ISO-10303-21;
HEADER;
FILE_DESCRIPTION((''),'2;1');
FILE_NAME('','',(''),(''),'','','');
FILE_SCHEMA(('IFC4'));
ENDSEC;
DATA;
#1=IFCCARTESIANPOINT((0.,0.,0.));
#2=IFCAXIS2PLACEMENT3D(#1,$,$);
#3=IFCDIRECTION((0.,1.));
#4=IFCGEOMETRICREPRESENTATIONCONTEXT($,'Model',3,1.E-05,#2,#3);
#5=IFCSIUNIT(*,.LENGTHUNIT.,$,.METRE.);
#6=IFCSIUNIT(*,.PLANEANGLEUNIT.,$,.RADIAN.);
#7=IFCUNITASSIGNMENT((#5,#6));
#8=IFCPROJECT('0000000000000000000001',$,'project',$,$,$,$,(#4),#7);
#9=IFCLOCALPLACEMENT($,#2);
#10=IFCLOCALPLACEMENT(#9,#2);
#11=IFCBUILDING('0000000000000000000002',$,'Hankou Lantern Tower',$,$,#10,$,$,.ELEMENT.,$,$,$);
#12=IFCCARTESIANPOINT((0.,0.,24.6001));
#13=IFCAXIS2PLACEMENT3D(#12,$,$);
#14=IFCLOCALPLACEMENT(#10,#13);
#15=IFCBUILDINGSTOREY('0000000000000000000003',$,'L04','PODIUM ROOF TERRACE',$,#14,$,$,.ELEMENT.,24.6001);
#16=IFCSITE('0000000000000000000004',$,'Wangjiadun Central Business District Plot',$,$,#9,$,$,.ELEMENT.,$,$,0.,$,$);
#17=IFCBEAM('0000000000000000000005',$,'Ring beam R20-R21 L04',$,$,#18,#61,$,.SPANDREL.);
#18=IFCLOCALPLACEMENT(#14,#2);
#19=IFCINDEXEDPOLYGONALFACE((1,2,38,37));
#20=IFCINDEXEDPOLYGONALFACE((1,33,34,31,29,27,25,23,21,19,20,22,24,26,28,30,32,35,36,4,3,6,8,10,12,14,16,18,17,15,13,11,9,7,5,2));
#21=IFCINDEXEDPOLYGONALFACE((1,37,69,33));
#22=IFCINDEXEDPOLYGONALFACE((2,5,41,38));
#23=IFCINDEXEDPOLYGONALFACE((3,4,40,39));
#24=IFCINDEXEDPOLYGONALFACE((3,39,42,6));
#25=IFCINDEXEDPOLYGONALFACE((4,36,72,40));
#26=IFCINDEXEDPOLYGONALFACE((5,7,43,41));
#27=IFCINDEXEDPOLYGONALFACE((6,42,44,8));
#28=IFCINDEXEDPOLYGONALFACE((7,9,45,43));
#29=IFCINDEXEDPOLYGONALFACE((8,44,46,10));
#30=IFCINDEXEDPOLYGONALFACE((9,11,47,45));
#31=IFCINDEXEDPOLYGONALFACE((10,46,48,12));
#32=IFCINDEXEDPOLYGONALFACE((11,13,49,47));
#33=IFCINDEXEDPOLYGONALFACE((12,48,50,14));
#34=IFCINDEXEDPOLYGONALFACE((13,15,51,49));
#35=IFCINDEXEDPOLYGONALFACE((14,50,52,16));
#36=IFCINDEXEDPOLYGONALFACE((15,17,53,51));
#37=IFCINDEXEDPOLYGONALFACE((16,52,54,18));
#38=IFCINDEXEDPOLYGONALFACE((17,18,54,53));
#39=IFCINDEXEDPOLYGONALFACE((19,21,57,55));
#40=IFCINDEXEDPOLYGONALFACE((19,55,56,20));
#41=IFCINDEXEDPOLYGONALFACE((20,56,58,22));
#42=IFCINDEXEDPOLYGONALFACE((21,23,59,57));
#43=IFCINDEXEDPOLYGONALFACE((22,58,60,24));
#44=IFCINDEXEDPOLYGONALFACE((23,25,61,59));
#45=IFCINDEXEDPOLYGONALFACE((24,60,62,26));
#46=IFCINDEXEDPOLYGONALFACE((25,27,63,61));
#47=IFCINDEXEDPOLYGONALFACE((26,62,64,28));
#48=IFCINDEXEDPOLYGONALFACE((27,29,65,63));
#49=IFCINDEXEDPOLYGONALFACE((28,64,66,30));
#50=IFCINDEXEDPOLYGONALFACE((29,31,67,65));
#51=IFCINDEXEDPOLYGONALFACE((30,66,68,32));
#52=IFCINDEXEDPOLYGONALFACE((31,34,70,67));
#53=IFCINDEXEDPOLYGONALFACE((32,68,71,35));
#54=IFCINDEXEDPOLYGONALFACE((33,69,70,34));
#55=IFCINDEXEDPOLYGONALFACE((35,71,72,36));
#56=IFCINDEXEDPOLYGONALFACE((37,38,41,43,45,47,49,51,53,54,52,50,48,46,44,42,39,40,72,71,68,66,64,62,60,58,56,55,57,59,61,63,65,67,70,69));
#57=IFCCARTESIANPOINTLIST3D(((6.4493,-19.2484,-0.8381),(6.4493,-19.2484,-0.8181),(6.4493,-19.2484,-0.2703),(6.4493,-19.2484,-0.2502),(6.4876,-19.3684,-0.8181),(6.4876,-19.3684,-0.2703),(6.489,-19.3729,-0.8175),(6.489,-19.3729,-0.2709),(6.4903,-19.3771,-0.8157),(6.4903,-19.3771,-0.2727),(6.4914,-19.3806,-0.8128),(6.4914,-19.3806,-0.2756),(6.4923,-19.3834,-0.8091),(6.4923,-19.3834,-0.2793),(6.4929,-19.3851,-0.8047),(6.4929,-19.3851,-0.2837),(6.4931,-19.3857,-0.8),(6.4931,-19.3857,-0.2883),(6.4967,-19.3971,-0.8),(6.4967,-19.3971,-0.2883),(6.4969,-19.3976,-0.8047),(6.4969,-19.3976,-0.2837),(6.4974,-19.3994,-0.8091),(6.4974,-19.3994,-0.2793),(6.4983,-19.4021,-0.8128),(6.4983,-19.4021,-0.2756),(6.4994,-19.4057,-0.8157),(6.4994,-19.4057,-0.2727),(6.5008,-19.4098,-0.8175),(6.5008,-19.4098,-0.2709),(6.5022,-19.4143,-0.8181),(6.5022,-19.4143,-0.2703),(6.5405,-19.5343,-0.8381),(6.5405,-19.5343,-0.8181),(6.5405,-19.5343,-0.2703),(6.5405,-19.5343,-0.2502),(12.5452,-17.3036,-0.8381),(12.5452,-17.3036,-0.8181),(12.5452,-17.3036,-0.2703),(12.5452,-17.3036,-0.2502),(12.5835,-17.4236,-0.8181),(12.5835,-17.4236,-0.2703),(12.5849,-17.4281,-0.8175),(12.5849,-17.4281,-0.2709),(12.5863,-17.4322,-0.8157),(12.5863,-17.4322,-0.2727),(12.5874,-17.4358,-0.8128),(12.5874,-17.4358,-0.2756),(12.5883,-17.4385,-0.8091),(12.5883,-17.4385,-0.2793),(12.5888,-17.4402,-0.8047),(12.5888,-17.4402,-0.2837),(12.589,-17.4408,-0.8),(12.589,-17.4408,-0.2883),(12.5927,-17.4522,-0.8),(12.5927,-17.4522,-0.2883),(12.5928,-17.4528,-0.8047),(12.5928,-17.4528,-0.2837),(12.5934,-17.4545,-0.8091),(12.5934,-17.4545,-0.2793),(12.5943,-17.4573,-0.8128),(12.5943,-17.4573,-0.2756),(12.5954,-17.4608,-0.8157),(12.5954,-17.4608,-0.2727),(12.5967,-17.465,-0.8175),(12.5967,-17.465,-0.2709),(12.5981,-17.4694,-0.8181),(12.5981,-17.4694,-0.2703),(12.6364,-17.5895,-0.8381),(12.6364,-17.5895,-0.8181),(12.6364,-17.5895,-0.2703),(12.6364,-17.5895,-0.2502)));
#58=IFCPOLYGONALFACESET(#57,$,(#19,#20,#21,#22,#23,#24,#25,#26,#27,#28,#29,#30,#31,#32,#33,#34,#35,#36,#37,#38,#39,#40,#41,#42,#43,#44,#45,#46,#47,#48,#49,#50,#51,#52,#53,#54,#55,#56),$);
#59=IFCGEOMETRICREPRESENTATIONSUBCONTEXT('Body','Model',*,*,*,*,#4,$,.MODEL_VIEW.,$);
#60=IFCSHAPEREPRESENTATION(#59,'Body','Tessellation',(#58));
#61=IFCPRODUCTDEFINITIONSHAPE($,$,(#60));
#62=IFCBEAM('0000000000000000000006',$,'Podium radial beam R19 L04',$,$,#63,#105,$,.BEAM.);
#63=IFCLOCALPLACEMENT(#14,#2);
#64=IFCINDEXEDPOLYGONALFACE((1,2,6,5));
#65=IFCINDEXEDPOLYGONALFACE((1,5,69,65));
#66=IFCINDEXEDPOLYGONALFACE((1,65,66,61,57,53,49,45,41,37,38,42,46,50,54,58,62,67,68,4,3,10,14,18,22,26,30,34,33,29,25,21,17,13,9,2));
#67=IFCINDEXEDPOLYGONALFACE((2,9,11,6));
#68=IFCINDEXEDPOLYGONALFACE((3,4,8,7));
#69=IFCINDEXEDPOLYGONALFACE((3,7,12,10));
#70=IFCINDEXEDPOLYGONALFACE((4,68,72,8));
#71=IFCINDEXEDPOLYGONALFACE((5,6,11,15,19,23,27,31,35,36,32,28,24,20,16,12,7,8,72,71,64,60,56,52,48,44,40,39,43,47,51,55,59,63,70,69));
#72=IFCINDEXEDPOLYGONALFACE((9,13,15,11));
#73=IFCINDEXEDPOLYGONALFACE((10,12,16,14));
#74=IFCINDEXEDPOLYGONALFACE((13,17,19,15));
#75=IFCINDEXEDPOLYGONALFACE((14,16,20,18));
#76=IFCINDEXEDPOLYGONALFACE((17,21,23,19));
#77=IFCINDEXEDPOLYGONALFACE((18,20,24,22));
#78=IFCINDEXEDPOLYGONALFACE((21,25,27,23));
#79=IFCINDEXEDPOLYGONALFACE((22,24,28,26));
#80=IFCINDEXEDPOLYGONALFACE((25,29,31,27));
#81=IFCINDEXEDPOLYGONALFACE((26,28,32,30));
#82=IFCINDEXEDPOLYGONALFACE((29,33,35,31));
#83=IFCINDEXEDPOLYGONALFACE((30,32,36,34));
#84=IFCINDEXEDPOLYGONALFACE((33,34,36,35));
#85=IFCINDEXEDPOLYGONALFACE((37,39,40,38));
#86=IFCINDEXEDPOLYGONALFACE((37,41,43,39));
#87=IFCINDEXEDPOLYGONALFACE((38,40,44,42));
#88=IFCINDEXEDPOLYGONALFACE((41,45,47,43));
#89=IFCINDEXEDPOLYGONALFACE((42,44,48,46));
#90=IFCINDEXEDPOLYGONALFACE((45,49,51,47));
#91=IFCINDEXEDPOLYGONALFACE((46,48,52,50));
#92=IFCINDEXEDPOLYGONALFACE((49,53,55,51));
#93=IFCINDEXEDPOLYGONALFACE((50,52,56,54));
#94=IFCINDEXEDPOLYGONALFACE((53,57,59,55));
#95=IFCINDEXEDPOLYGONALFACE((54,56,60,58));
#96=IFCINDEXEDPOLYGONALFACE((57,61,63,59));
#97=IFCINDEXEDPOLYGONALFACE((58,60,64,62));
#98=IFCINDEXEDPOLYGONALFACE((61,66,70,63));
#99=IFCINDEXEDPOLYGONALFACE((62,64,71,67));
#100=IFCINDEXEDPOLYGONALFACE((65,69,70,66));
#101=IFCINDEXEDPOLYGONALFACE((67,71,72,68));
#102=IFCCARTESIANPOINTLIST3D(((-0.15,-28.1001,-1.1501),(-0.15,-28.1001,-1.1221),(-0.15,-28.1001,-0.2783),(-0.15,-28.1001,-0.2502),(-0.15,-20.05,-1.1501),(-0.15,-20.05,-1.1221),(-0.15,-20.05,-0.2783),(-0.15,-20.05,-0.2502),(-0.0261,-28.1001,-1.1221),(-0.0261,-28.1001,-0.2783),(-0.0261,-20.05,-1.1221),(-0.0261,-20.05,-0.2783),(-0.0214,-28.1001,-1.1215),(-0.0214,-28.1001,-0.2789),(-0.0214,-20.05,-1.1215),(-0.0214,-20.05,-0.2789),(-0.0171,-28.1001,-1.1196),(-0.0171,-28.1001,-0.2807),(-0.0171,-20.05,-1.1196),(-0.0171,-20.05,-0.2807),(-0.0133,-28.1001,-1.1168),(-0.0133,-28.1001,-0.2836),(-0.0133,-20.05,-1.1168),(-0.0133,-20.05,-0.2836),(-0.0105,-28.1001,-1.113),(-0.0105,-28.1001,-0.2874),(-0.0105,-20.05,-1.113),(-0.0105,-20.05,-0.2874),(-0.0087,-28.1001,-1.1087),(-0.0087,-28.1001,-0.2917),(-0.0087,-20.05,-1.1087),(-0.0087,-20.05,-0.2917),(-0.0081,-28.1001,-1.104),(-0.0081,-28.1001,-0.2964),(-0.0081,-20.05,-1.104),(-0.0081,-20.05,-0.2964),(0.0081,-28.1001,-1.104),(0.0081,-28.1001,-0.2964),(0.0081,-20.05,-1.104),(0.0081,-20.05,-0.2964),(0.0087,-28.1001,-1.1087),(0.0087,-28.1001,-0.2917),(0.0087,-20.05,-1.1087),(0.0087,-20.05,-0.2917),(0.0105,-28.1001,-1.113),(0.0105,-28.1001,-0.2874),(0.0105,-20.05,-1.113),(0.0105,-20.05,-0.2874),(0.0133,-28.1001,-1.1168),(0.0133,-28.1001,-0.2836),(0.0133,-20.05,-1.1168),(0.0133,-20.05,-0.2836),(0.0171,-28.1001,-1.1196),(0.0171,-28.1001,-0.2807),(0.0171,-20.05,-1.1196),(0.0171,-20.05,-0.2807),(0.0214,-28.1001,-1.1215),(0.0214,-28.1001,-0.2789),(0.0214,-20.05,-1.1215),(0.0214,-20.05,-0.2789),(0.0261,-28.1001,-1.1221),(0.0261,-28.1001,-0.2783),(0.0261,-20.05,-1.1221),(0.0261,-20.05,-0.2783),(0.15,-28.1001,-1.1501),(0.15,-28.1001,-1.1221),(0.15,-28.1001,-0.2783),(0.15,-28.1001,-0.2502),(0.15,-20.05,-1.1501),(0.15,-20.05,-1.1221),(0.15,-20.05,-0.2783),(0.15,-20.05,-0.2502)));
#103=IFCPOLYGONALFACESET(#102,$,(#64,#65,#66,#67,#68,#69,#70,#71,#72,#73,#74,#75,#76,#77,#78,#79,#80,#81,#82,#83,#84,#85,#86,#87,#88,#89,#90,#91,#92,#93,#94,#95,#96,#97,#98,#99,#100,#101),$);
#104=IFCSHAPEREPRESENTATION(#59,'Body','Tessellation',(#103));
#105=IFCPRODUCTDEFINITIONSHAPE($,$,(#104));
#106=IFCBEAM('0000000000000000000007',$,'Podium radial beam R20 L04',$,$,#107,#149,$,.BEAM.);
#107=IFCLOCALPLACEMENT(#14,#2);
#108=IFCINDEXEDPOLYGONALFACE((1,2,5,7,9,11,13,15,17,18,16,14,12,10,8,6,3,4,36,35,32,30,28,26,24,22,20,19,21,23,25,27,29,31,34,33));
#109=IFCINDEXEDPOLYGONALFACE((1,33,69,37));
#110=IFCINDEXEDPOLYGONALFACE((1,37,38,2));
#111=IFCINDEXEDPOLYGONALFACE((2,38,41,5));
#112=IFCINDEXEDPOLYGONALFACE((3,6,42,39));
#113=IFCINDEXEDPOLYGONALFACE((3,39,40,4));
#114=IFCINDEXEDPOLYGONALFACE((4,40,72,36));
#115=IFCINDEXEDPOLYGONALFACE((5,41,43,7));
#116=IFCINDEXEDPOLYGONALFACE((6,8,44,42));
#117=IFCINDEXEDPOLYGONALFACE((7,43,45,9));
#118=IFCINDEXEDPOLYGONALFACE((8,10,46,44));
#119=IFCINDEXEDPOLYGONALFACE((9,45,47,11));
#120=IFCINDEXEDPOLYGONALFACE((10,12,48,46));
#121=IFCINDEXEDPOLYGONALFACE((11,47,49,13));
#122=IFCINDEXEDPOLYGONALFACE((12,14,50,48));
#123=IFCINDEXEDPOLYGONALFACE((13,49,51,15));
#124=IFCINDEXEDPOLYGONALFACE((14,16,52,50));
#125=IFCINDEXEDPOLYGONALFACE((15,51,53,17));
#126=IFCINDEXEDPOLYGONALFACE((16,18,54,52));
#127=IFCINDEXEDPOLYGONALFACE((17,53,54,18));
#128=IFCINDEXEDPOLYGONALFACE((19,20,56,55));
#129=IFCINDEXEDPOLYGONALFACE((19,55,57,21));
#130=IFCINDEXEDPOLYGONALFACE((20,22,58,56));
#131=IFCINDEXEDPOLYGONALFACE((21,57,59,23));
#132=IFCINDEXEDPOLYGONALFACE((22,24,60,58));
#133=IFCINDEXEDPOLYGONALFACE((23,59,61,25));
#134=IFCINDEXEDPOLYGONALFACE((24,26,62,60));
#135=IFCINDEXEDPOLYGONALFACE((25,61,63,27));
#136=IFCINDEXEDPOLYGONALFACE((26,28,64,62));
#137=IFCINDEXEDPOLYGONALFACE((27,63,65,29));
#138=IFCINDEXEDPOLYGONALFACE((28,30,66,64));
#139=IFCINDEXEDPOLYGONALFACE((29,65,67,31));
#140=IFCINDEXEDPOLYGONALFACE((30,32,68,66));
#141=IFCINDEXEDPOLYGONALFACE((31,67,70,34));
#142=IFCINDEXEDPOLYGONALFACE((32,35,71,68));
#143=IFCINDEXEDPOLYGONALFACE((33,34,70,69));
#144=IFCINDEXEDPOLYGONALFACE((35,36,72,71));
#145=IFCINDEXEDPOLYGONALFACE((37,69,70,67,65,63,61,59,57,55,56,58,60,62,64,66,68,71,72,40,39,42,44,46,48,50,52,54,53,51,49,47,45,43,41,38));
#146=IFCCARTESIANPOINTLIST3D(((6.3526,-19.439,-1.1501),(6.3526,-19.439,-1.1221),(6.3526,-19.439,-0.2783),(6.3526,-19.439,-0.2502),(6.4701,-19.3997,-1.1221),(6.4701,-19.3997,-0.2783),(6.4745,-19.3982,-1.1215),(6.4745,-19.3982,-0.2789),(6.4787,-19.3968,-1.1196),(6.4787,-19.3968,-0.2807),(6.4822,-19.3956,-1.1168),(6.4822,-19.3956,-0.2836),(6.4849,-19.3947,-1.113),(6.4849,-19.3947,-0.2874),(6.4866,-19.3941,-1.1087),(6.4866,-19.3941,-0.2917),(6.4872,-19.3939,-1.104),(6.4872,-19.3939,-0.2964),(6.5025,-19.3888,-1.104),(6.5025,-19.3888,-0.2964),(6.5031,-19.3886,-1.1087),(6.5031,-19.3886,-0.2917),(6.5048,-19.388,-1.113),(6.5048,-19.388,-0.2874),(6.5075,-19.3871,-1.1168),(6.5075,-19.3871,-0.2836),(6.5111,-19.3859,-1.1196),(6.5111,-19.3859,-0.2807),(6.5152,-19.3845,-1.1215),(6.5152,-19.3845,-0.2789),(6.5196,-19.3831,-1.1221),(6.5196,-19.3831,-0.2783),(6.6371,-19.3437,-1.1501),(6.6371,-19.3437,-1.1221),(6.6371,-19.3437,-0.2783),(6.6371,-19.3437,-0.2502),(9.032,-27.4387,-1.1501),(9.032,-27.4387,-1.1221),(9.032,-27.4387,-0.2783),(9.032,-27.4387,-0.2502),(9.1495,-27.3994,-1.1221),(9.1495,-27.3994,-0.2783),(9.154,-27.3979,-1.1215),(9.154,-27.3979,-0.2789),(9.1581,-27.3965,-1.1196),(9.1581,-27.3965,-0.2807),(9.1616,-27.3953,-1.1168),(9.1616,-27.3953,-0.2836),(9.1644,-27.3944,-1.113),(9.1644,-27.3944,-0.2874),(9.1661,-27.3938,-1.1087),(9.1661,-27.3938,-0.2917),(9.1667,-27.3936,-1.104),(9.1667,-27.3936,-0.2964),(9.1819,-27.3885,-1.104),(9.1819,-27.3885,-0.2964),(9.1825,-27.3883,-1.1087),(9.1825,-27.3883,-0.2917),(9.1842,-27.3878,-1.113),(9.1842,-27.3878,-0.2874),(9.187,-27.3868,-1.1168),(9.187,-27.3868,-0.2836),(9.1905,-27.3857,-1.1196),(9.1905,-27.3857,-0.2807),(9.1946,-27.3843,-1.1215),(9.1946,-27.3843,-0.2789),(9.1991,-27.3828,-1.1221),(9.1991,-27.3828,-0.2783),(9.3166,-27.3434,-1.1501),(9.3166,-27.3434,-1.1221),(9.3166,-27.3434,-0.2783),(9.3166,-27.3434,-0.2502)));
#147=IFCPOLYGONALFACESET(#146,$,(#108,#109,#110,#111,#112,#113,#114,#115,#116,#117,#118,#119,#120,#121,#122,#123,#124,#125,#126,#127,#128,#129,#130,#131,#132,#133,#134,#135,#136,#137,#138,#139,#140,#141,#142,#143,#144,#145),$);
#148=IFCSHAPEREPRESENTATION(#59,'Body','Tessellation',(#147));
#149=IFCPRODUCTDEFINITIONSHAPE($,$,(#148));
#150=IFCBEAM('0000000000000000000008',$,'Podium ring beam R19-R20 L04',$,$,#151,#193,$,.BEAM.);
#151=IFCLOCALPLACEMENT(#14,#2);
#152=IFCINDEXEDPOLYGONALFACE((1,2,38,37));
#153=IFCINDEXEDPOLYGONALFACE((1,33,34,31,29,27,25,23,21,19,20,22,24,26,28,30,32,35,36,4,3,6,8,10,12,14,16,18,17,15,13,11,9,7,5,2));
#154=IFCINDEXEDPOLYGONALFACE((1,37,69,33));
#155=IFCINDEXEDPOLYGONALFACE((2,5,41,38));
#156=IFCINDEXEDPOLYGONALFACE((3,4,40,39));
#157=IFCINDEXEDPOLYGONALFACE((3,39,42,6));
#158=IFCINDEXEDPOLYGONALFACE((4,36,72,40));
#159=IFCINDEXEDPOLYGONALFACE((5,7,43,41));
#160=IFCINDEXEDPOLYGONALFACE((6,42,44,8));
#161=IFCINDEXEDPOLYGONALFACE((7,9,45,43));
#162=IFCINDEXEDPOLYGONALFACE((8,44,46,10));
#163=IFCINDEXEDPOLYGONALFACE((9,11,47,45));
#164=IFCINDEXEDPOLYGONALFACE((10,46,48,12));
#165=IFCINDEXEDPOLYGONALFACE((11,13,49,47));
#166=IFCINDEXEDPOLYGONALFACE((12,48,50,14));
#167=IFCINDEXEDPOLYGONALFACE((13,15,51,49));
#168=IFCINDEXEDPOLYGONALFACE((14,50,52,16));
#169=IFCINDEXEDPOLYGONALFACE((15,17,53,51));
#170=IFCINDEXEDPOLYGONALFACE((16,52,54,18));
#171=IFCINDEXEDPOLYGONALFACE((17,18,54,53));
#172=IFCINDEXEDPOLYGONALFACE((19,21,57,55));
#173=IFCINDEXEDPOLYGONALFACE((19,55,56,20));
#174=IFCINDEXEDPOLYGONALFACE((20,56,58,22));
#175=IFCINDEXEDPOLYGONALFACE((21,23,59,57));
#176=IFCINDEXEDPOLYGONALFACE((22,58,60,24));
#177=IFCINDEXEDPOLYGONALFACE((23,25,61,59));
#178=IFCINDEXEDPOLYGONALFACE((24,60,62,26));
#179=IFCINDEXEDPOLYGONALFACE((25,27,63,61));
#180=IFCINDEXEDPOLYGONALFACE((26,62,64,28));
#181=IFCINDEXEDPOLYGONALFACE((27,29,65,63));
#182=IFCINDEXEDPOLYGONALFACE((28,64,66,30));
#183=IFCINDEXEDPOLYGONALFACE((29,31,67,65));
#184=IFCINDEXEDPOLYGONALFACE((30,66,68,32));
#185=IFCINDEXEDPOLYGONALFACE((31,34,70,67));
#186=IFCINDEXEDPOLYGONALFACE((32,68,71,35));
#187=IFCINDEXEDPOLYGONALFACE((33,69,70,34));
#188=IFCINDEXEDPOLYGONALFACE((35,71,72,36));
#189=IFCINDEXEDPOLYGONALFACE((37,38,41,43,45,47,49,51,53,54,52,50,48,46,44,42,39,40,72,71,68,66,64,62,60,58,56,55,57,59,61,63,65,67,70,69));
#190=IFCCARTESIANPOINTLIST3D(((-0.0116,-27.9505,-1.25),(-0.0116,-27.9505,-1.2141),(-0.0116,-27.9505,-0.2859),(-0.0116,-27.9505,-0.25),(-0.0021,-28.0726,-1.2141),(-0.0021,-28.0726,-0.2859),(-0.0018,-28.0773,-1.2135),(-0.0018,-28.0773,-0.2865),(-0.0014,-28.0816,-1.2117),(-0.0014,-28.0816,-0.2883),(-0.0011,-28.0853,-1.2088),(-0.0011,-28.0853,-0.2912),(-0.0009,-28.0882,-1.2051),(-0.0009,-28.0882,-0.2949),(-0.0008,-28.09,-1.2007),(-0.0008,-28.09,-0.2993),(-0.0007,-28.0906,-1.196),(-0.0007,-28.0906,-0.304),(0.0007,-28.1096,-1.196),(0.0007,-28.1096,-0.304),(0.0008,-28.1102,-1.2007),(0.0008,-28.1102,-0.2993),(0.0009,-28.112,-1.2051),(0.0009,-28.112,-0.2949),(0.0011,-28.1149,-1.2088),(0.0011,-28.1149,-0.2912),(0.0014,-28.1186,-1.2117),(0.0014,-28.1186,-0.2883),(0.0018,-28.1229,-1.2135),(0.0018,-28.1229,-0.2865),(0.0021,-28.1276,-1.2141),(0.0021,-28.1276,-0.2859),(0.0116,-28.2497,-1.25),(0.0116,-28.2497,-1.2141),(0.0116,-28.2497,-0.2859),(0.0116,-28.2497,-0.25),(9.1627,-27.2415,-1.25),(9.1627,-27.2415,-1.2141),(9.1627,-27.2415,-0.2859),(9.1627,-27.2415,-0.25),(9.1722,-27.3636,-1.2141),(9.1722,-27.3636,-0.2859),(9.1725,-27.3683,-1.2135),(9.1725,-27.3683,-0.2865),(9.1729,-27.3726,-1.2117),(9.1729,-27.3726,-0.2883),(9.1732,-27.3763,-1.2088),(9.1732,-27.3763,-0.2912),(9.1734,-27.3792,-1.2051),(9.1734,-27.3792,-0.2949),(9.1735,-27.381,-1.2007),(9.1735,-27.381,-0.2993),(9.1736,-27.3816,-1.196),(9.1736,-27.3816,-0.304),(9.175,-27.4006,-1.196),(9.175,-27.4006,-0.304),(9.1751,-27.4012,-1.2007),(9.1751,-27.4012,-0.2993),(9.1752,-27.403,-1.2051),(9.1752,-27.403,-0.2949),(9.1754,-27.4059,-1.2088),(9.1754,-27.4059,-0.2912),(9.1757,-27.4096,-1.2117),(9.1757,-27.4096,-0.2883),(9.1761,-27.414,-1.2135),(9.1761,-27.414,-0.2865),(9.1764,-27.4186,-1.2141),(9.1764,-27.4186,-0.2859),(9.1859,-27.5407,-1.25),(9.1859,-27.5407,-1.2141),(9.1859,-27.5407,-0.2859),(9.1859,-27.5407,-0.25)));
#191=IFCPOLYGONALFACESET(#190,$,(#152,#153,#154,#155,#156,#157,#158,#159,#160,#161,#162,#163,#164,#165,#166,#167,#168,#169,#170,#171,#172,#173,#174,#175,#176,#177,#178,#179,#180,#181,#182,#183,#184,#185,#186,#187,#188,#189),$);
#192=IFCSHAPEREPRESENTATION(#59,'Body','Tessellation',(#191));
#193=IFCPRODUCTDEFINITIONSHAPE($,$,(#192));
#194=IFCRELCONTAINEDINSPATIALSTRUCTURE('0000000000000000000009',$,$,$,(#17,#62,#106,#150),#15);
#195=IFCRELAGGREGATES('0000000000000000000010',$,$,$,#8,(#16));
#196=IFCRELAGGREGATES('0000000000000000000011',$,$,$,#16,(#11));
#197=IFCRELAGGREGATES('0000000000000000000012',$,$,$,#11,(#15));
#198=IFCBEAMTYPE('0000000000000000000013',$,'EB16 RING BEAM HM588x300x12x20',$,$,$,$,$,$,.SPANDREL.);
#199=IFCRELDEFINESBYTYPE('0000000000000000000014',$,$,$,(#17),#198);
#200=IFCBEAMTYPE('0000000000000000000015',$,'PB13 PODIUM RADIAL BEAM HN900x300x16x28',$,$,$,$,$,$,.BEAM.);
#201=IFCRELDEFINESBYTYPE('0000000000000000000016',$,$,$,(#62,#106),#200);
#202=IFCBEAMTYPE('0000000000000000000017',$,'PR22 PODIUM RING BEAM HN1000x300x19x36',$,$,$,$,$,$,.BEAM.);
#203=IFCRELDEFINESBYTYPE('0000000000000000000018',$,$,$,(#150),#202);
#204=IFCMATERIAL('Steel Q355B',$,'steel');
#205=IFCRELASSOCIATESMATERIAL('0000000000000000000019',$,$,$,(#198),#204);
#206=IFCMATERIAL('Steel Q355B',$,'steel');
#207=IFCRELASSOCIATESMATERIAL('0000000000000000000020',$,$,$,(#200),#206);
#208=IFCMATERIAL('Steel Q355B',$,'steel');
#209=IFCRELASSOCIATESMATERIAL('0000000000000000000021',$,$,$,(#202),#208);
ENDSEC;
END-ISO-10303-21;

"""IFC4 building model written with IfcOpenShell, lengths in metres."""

from ifc_helpers import new_model, si_unit, direction, frame, origin, origin_2d, place, context, subcontext, project, spatial, i_section, extrude, material, material_profile, profile_set, type_object, element, save


model = new_model("IFC4")

# Units and contexts
model_context = context("Model", 3, precision=1e-05, world=origin(), true_north=direction((0.0, 1.0)))
body_context = subcontext(model_context, "Body", "Model", "MODEL_VIEW")
ifc_project = project(units=[si_unit("LENGTHUNIT", "METRE"), si_unit("PLANEANGLEUNIT", "RADIAN")], contexts=[model_context])

# Site, building, storey
site_placement = place(None, origin())
site = spatial("IfcSite", under=ifc_project, at=site_placement, Name="Wangjiadun Central Business District Plot", CompositionType="ELEMENT", RefElevation=0.0)
building_placement = place(site_placement, origin())
building = spatial("IfcBuilding", under=site, at=building_placement, Name="Hankou Lantern Tower", CompositionType="ELEMENT")
storey_placement = place(building_placement, frame((0.0, 0.0, 24.6001)))
storey = spatial("IfcBuildingStorey", under=building, at=storey_placement, Name="L04", Description="PODIUM ROOF TERRACE", CompositionType="ELEMENT", Elevation=24.6001)

# Beams
ifc_material_1 = material(Name="Steel Q355B", Category="steel")
ifc_material_profile_1 = material_profile(ifc_material_1, i_section(OverallWidth=0.3, OverallDepth=0.5879, WebThickness=0.012, FlangeThickness=0.02, FilletRadius=0.0181, at=origin_2d()), Name="HM588x300x12x20")
ifc_profile_set_1 = profile_set([ifc_material_profile_1], Name="Steel Q355B")
beam_type_1 = type_object("IfcBeamType", Name="EB16 RING BEAM HM588x300x12x20", PredefinedType="SPANDREL", material=ifc_profile_set_1)
beam_1_placement = place(storey_placement, frame((6.4949, -19.3914, -0.5442), z_axis=(0.95269, 0.303942, 0.0), x_axis=(-0.303942, 0.95269, 0.0)))
element("IfcBeam", 1, at=beam_1_placement, inside=storey, type_object=beam_type_1, Name="Ring beam R20-R21 L04", PredefinedType="SPANDREL", context=body_context, shape_type="SweptSolid", body=[
    extrude(i_section(OverallWidth=0.3, OverallDepth=0.5879, WebThickness=0.012, FlangeThickness=0.02, FilletRadius=0.0181, at=origin_2d()), origin(), (0.0, 0.0, 1.0), 6.3987),
])
ifc_material_2 = material(Name="Steel Q355B", Category="steel")
ifc_material_profile_2 = material_profile(ifc_material_2, i_section(OverallWidth=0.3, OverallDepth=0.8999, WebThickness=0.0161, FlangeThickness=0.0281, FilletRadius=0.0181, at=origin_2d()), Name="HN900x300x16x28")
ifc_profile_set_2 = profile_set([ifc_material_profile_2], Name="Steel Q355B")
beam_type_2 = type_object("IfcBeamType", Name="PB13 PODIUM RADIAL BEAM HN900x300x16x28", PredefinedType="BEAM", material=ifc_profile_set_2)
beam_2_placement = place(storey_placement, frame((0.0, -20.05, -0.7002), z_axis=(0.0, -1.0, 0.0), x_axis=(1.0, 0.0, 0.0)))
element("IfcBeam", 2, at=beam_2_placement, inside=storey, type_object=beam_type_2, Name="Podium radial beam R19 L04", PredefinedType="BEAM", context=body_context, shape_type="SweptSolid", body=[
    extrude(i_section(OverallWidth=0.3, OverallDepth=0.8999, WebThickness=0.0161, FlangeThickness=0.0281, FilletRadius=0.0181, at=origin_2d()), origin(), (0.0, 0.0, 1.0), 8.05),
])
beam_3_placement = place(storey_placement, frame((6.4949, -19.3914, -0.7002), z_axis=(0.317599, -0.948225, 0.0), x_axis=(0.948225, 0.317599, 0.0)))
element("IfcBeam", 3, at=beam_3_placement, inside=storey, type_object=beam_type_2, Name="Podium radial beam R20 L04", PredefinedType="BEAM", context=body_context, shape_type="SweptSolid", body=[
    extrude(i_section(OverallWidth=0.3, OverallDepth=0.8999, WebThickness=0.0161, FlangeThickness=0.0281, FilletRadius=0.0181, at=origin_2d()), origin(), (0.0, 0.0, 1.0), 8.4365),
])
ifc_material_3 = material(Name="Steel Q355B", Category="steel")
ifc_material_profile_3 = material_profile(ifc_material_3, i_section(OverallWidth=0.3, OverallDepth=1.0, WebThickness=0.019, FlangeThickness=0.0359, FilletRadius=0.0181, at=origin_2d()), Name="HN1000x300x19x36")
ifc_profile_set_3 = profile_set([ifc_material_profile_3], Name="Steel Q355B")
beam_type_3 = type_object("IfcBeamType", Name="PR22 PODIUM RING BEAM HN1000x300x19x36", PredefinedType="BEAM", material=ifc_profile_set_3)
beam_4_placement = place(storey_placement, frame((0.0, -28.1001, -0.75), z_axis=(0.997027, 0.07705, 0.0), x_axis=(-0.07705, 0.997027, 0.0)))
element("IfcBeam", 4, at=beam_4_placement, inside=storey, type_object=beam_type_3, Name="Podium ring beam R19-R20 L04", PredefinedType="BEAM", context=body_context, shape_type="SweptSolid", body=[
    extrude(i_section(OverallWidth=0.3, OverallDepth=1.0, WebThickness=0.019, FlangeThickness=0.0359, FilletRadius=0.0181, at=origin_2d()), origin(), (0.0, 0.0, 1.0), 9.2017),
])

save(model, "model.ifc")
